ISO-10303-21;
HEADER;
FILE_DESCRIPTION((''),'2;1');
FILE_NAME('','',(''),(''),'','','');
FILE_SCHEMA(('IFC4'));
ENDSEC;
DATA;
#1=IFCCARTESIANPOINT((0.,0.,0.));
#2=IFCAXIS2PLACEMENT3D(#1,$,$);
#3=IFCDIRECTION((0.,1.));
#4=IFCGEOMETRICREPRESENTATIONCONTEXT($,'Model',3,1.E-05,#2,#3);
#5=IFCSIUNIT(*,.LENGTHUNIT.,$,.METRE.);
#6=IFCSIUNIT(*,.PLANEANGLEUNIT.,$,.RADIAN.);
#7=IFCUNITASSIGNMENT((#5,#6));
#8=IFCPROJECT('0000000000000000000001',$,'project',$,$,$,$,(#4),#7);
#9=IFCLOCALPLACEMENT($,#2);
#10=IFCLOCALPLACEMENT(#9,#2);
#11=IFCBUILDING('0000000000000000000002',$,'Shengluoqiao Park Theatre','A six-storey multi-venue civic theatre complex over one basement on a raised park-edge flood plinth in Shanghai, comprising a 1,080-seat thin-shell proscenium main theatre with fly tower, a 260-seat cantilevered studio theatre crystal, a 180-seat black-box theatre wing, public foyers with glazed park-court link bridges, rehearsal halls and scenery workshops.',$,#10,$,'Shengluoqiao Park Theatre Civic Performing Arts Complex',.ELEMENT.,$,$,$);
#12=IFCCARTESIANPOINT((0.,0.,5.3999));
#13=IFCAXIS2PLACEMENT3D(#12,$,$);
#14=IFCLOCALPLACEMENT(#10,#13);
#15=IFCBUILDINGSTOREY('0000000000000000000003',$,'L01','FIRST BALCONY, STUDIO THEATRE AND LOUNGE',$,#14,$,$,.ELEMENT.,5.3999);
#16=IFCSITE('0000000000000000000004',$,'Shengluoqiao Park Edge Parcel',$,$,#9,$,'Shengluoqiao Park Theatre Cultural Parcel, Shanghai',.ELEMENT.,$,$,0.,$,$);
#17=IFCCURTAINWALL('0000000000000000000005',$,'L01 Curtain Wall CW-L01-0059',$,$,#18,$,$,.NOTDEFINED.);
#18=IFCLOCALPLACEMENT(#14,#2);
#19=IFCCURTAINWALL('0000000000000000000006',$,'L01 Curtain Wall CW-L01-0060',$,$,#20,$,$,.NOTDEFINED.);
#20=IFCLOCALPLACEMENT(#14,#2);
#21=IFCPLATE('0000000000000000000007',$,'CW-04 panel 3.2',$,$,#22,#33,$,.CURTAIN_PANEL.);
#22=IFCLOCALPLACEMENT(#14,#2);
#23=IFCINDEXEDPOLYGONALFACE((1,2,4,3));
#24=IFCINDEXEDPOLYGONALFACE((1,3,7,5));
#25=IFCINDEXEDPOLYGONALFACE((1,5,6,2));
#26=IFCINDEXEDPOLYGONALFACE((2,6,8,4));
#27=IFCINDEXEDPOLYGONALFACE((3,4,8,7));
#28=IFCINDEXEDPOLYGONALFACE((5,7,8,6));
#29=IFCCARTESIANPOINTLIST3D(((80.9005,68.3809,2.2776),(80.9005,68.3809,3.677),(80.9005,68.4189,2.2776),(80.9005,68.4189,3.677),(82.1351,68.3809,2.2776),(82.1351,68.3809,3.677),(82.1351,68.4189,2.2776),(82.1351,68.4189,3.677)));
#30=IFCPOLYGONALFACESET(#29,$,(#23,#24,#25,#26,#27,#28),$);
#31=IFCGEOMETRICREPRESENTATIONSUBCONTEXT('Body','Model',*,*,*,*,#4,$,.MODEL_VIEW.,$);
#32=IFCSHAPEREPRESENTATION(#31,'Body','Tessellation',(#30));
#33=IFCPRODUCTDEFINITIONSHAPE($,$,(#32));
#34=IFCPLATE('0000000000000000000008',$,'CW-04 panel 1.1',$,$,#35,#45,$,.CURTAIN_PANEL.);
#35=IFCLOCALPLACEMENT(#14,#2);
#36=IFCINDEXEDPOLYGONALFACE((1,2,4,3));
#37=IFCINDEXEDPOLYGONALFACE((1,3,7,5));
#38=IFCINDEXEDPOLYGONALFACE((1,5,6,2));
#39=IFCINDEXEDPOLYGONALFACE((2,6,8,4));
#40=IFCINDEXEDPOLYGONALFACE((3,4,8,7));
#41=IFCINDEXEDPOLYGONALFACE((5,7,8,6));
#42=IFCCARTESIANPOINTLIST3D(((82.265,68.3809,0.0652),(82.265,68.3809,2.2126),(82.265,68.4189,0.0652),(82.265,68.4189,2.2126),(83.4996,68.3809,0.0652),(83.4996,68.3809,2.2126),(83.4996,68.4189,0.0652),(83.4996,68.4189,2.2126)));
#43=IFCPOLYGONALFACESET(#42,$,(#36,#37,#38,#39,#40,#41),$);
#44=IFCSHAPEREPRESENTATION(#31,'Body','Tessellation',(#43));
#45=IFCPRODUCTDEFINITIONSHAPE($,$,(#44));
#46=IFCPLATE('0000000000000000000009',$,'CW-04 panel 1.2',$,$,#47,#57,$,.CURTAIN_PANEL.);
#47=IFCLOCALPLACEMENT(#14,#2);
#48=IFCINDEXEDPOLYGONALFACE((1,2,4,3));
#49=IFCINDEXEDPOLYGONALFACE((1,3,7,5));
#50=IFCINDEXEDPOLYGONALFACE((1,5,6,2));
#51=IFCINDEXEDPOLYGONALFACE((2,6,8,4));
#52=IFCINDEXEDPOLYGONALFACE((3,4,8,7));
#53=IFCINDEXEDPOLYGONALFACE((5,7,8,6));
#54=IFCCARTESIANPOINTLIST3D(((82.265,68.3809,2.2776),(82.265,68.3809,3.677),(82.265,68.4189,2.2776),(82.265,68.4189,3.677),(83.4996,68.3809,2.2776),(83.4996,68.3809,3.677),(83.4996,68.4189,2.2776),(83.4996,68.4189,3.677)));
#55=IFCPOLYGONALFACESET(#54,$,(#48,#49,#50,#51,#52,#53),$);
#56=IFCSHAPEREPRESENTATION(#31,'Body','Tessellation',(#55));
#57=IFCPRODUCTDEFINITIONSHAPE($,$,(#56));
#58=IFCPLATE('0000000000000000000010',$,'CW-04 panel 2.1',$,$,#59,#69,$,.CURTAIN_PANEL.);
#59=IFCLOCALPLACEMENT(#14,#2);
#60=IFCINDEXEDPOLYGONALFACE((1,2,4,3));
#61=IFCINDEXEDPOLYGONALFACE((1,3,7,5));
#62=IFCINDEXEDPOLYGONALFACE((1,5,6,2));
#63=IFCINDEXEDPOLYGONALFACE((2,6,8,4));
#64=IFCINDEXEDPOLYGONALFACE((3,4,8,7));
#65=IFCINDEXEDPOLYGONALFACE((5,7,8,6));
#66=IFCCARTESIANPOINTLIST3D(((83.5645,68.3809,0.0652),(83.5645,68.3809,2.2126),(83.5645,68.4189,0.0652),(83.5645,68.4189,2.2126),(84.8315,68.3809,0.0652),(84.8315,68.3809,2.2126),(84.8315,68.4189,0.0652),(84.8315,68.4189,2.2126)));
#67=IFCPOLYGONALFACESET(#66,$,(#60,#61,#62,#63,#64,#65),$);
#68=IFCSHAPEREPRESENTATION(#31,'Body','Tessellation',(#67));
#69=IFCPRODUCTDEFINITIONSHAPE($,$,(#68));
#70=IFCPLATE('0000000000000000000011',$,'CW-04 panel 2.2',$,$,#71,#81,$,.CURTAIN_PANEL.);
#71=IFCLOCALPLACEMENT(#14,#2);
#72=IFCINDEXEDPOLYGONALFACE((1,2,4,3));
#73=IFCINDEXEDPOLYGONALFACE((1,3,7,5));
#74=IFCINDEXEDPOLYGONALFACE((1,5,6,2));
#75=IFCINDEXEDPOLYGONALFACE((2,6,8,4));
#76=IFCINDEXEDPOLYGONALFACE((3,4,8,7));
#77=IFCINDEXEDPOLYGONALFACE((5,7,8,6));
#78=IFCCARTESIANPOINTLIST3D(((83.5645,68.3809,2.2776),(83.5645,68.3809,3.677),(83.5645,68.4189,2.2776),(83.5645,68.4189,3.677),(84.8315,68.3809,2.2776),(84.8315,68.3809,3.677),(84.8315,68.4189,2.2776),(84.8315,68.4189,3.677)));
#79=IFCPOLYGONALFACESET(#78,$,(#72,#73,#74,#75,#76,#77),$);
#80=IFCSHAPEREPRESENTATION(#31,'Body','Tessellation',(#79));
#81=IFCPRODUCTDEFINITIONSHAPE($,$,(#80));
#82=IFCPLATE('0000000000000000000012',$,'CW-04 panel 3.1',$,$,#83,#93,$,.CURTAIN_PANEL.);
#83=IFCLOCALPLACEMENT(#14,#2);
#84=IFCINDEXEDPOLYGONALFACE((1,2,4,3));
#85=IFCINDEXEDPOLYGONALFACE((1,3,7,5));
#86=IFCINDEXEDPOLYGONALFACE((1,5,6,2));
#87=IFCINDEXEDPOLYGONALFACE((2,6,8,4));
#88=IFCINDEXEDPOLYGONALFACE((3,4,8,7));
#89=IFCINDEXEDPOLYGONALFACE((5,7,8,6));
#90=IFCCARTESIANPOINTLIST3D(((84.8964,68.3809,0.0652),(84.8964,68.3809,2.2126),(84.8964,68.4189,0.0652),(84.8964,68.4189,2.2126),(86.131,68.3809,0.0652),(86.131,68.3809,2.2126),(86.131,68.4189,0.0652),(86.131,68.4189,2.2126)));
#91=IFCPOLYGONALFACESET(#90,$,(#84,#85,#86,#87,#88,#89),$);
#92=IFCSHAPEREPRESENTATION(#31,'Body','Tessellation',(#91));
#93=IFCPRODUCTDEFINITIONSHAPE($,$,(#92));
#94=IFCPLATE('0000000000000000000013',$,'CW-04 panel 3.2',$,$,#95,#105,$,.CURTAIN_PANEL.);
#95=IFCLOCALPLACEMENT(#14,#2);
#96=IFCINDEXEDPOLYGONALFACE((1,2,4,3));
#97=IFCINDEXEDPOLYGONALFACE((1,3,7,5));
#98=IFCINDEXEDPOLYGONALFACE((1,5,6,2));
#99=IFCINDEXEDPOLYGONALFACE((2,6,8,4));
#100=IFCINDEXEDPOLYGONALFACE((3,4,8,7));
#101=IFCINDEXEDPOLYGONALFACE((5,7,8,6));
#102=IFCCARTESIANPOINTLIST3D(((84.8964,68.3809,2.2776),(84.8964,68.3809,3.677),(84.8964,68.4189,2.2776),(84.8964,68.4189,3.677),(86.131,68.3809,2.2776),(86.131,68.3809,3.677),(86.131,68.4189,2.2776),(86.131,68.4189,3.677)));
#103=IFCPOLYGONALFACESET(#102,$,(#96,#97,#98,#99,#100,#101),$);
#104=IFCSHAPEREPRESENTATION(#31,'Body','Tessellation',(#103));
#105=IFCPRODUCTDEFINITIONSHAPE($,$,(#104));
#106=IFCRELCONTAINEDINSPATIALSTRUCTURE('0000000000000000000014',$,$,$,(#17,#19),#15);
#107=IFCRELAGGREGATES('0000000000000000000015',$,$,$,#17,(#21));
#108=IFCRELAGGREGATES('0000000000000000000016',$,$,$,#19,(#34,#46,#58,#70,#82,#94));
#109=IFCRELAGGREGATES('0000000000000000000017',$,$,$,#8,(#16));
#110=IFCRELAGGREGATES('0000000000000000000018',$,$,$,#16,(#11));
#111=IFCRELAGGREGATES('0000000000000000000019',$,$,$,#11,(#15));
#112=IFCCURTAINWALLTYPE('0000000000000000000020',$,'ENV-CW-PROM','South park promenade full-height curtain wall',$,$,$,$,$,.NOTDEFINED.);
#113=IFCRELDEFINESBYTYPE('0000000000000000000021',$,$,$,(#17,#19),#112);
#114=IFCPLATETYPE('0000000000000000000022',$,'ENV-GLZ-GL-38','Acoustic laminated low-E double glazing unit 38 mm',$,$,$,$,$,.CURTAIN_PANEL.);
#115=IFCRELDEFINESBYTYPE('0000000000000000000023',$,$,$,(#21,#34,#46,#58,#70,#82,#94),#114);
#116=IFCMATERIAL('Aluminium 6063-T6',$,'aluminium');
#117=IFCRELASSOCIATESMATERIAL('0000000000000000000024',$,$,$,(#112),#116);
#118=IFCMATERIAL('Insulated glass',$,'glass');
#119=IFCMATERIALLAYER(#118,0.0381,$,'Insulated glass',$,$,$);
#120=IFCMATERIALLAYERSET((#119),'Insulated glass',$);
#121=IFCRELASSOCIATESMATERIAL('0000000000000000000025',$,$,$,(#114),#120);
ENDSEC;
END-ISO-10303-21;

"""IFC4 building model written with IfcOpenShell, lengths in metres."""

from ifc_helpers import new_model, si_unit, direction, frame, origin, origin_2d, place, context, subcontext, project, spatial, rectangle, extrude, material, layer, layer_set, type_object, element, aggregate, save


model = new_model("IFC4")

# Units and contexts
model_context = context("Model", 3, precision=1e-05, world=origin(), true_north=direction((0.0, 1.0)))
body_context = subcontext(model_context, "Body", "Model", "MODEL_VIEW")
ifc_project = project(units=[si_unit("LENGTHUNIT", "METRE"), si_unit("PLANEANGLEUNIT", "RADIAN")], contexts=[model_context])

# Site, building, storey
site_placement = place(None, origin())
site = spatial("IfcSite", under=ifc_project, at=site_placement, Name="Shengluoqiao Park Edge Parcel", LongName="Shengluoqiao Park Theatre Cultural Parcel, Shanghai", CompositionType="ELEMENT", RefElevation=0.0)
building_placement = place(site_placement, origin())
building = spatial("IfcBuilding", under=site, at=building_placement, Name="Shengluoqiao Park Theatre", Description="A six-storey multi-venue civic theatre complex over one basement on a raised park-edge flood plinth in Shanghai, comprising a 1,080-seat thin-shell proscenium main theatre with fly tower, a 260-seat cantilevered studio theatre crystal, a 180-seat black-box theatre wing, public foyers with glazed park-court link bridges, rehearsal halls and scenery workshops.", LongName="Shengluoqiao Park Theatre Civic Performing Arts Complex", CompositionType="ELEMENT")
storey_placement = place(building_placement, frame((0.0, 0.0, 5.3999)))
storey = spatial("IfcBuildingStorey", under=building, at=storey_placement, Name="L01", Description="FIRST BALCONY, STUDIO THEATRE AND LOUNGE", CompositionType="ELEMENT", Elevation=5.3999)

# Curtain walls
ifc_material_1 = material(Name="Aluminium 6063-T6", Category="aluminium")
curtain_wall_type = type_object("IfcCurtainWallType", Name="ENV-CW-PROM", Description="South park promenade full-height curtain wall", PredefinedType="NOTDEFINED", material=ifc_material_1)
curtain_wall_1_placement = place(storey_placement, origin())
curtain_wall_1 = element("IfcCurtainWall", 1, at=curtain_wall_1_placement, inside=storey, type_object=curtain_wall_type, Name="L01 Curtain Wall CW-L01-0059", PredefinedType="NOTDEFINED")
curtain_wall_2_placement = place(storey_placement, origin())
curtain_wall_2 = element("IfcCurtainWall", 2, at=curtain_wall_2_placement, inside=storey, type_object=curtain_wall_type, Name="L01 Curtain Wall CW-L01-0060", PredefinedType="NOTDEFINED")

# Plates
ifc_material_2 = material(Name="Insulated glass", Category="glass")
ifc_layer = layer(ifc_material_2, 0.0381, Name="Insulated glass")
ifc_layer_set = layer_set([ifc_layer], Name="Insulated glass")
plate_type = type_object("IfcPlateType", Name="ENV-GLZ-GL-38", Description="Acoustic laminated low-E double glazing unit 38 mm", PredefinedType="CURTAIN_PANEL", material=ifc_layer_set)
plate_1_placement = place(storey_placement, frame((81.5178, 68.3999, 2.2776), z_axis=(0.0, 0.0, 1.0), x_axis=(1.0, 0.0, 0.0)))
plate_1 = element("IfcPlate", 3, at=plate_1_placement, type_object=plate_type, Name="CW-04 panel 3.2", PredefinedType="CURTAIN_PANEL", context=body_context, shape_type="SweptSolid", body=[
    extrude(rectangle(XDim=1.2346, YDim=0.0381, at=origin_2d()), origin(), (0.0, 0.0, 1.0), 1.3994),
])
aggregate(curtain_wall_1, [plate_1])
plate_2_placement = place(storey_placement, frame((82.8823, 68.3999, 0.0652), z_axis=(0.0, 0.0, 1.0), x_axis=(1.0, 0.0, 0.0)))
plate_2 = element("IfcPlate", 4, at=plate_2_placement, type_object=plate_type, Name="CW-04 panel 1.1", PredefinedType="CURTAIN_PANEL", context=body_context, shape_type="SweptSolid", body=[
    extrude(rectangle(XDim=1.2346, YDim=0.0381, at=origin_2d()), origin(), (0.0, 0.0, 1.0), 2.1475),
])
plate_3_placement = place(storey_placement, frame((82.8823, 68.3999, 2.2776), z_axis=(0.0, 0.0, 1.0), x_axis=(1.0, 0.0, 0.0)))
plate_3 = element("IfcPlate", 5, at=plate_3_placement, type_object=plate_type, Name="CW-04 panel 1.2", PredefinedType="CURTAIN_PANEL", context=body_context, shape_type="SweptSolid", body=[
    extrude(rectangle(XDim=1.2346, YDim=0.0381, at=origin_2d()), origin(), (0.0, 0.0, 1.0), 1.3994),
])
plate_4_placement = place(storey_placement, frame((84.198, 68.3999, 0.0652), z_axis=(0.0, 0.0, 1.0), x_axis=(1.0, 0.0, 0.0)))
plate_4 = element("IfcPlate", 6, at=plate_4_placement, type_object=plate_type, Name="CW-04 panel 2.1", PredefinedType="CURTAIN_PANEL", context=body_context, shape_type="SweptSolid", body=[
    extrude(rectangle(XDim=1.2671, YDim=0.0381, at=origin_2d()), origin(), (0.0, 0.0, 1.0), 2.1475),
])
plate_5_placement = place(storey_placement, frame((84.198, 68.3999, 2.2776), z_axis=(0.0, 0.0, 1.0), x_axis=(1.0, 0.0, 0.0)))
plate_5 = element("IfcPlate", 7, at=plate_5_placement, type_object=plate_type, Name="CW-04 panel 2.2", PredefinedType="CURTAIN_PANEL", context=body_context, shape_type="SweptSolid", body=[
    extrude(rectangle(XDim=1.2671, YDim=0.0381, at=origin_2d()), origin(), (0.0, 0.0, 1.0), 1.3994),
])
plate_6_placement = place(storey_placement, frame((85.5137, 68.3999, 0.0652), z_axis=(0.0, 0.0, 1.0), x_axis=(1.0, 0.0, 0.0)))
plate_6 = element("IfcPlate", 8, at=plate_6_placement, type_object=plate_type, Name="CW-04 panel 3.1", PredefinedType="CURTAIN_PANEL", context=body_context, shape_type="SweptSolid", body=[
    extrude(rectangle(XDim=1.2346, YDim=0.0381, at=origin_2d()), origin(), (0.0, 0.0, 1.0), 2.1475),
])
plate_7_placement = place(storey_placement, frame((85.5137, 68.3999, 2.2776), z_axis=(0.0, 0.0, 1.0), x_axis=(1.0, 0.0, 0.0)))
plate_7 = element("IfcPlate", 9, at=plate_7_placement, type_object=plate_type, Name="CW-04 panel 3.2", PredefinedType="CURTAIN_PANEL", context=body_context, shape_type="SweptSolid", body=[
    extrude(rectangle(XDim=1.2346, YDim=0.0381, at=origin_2d()), origin(), (0.0, 0.0, 1.0), 1.3994),
])
aggregate(curtain_wall_2, [plate_2, plate_3, plate_4, plate_5, plate_6, plate_7])

save(model, "model.ifc")
